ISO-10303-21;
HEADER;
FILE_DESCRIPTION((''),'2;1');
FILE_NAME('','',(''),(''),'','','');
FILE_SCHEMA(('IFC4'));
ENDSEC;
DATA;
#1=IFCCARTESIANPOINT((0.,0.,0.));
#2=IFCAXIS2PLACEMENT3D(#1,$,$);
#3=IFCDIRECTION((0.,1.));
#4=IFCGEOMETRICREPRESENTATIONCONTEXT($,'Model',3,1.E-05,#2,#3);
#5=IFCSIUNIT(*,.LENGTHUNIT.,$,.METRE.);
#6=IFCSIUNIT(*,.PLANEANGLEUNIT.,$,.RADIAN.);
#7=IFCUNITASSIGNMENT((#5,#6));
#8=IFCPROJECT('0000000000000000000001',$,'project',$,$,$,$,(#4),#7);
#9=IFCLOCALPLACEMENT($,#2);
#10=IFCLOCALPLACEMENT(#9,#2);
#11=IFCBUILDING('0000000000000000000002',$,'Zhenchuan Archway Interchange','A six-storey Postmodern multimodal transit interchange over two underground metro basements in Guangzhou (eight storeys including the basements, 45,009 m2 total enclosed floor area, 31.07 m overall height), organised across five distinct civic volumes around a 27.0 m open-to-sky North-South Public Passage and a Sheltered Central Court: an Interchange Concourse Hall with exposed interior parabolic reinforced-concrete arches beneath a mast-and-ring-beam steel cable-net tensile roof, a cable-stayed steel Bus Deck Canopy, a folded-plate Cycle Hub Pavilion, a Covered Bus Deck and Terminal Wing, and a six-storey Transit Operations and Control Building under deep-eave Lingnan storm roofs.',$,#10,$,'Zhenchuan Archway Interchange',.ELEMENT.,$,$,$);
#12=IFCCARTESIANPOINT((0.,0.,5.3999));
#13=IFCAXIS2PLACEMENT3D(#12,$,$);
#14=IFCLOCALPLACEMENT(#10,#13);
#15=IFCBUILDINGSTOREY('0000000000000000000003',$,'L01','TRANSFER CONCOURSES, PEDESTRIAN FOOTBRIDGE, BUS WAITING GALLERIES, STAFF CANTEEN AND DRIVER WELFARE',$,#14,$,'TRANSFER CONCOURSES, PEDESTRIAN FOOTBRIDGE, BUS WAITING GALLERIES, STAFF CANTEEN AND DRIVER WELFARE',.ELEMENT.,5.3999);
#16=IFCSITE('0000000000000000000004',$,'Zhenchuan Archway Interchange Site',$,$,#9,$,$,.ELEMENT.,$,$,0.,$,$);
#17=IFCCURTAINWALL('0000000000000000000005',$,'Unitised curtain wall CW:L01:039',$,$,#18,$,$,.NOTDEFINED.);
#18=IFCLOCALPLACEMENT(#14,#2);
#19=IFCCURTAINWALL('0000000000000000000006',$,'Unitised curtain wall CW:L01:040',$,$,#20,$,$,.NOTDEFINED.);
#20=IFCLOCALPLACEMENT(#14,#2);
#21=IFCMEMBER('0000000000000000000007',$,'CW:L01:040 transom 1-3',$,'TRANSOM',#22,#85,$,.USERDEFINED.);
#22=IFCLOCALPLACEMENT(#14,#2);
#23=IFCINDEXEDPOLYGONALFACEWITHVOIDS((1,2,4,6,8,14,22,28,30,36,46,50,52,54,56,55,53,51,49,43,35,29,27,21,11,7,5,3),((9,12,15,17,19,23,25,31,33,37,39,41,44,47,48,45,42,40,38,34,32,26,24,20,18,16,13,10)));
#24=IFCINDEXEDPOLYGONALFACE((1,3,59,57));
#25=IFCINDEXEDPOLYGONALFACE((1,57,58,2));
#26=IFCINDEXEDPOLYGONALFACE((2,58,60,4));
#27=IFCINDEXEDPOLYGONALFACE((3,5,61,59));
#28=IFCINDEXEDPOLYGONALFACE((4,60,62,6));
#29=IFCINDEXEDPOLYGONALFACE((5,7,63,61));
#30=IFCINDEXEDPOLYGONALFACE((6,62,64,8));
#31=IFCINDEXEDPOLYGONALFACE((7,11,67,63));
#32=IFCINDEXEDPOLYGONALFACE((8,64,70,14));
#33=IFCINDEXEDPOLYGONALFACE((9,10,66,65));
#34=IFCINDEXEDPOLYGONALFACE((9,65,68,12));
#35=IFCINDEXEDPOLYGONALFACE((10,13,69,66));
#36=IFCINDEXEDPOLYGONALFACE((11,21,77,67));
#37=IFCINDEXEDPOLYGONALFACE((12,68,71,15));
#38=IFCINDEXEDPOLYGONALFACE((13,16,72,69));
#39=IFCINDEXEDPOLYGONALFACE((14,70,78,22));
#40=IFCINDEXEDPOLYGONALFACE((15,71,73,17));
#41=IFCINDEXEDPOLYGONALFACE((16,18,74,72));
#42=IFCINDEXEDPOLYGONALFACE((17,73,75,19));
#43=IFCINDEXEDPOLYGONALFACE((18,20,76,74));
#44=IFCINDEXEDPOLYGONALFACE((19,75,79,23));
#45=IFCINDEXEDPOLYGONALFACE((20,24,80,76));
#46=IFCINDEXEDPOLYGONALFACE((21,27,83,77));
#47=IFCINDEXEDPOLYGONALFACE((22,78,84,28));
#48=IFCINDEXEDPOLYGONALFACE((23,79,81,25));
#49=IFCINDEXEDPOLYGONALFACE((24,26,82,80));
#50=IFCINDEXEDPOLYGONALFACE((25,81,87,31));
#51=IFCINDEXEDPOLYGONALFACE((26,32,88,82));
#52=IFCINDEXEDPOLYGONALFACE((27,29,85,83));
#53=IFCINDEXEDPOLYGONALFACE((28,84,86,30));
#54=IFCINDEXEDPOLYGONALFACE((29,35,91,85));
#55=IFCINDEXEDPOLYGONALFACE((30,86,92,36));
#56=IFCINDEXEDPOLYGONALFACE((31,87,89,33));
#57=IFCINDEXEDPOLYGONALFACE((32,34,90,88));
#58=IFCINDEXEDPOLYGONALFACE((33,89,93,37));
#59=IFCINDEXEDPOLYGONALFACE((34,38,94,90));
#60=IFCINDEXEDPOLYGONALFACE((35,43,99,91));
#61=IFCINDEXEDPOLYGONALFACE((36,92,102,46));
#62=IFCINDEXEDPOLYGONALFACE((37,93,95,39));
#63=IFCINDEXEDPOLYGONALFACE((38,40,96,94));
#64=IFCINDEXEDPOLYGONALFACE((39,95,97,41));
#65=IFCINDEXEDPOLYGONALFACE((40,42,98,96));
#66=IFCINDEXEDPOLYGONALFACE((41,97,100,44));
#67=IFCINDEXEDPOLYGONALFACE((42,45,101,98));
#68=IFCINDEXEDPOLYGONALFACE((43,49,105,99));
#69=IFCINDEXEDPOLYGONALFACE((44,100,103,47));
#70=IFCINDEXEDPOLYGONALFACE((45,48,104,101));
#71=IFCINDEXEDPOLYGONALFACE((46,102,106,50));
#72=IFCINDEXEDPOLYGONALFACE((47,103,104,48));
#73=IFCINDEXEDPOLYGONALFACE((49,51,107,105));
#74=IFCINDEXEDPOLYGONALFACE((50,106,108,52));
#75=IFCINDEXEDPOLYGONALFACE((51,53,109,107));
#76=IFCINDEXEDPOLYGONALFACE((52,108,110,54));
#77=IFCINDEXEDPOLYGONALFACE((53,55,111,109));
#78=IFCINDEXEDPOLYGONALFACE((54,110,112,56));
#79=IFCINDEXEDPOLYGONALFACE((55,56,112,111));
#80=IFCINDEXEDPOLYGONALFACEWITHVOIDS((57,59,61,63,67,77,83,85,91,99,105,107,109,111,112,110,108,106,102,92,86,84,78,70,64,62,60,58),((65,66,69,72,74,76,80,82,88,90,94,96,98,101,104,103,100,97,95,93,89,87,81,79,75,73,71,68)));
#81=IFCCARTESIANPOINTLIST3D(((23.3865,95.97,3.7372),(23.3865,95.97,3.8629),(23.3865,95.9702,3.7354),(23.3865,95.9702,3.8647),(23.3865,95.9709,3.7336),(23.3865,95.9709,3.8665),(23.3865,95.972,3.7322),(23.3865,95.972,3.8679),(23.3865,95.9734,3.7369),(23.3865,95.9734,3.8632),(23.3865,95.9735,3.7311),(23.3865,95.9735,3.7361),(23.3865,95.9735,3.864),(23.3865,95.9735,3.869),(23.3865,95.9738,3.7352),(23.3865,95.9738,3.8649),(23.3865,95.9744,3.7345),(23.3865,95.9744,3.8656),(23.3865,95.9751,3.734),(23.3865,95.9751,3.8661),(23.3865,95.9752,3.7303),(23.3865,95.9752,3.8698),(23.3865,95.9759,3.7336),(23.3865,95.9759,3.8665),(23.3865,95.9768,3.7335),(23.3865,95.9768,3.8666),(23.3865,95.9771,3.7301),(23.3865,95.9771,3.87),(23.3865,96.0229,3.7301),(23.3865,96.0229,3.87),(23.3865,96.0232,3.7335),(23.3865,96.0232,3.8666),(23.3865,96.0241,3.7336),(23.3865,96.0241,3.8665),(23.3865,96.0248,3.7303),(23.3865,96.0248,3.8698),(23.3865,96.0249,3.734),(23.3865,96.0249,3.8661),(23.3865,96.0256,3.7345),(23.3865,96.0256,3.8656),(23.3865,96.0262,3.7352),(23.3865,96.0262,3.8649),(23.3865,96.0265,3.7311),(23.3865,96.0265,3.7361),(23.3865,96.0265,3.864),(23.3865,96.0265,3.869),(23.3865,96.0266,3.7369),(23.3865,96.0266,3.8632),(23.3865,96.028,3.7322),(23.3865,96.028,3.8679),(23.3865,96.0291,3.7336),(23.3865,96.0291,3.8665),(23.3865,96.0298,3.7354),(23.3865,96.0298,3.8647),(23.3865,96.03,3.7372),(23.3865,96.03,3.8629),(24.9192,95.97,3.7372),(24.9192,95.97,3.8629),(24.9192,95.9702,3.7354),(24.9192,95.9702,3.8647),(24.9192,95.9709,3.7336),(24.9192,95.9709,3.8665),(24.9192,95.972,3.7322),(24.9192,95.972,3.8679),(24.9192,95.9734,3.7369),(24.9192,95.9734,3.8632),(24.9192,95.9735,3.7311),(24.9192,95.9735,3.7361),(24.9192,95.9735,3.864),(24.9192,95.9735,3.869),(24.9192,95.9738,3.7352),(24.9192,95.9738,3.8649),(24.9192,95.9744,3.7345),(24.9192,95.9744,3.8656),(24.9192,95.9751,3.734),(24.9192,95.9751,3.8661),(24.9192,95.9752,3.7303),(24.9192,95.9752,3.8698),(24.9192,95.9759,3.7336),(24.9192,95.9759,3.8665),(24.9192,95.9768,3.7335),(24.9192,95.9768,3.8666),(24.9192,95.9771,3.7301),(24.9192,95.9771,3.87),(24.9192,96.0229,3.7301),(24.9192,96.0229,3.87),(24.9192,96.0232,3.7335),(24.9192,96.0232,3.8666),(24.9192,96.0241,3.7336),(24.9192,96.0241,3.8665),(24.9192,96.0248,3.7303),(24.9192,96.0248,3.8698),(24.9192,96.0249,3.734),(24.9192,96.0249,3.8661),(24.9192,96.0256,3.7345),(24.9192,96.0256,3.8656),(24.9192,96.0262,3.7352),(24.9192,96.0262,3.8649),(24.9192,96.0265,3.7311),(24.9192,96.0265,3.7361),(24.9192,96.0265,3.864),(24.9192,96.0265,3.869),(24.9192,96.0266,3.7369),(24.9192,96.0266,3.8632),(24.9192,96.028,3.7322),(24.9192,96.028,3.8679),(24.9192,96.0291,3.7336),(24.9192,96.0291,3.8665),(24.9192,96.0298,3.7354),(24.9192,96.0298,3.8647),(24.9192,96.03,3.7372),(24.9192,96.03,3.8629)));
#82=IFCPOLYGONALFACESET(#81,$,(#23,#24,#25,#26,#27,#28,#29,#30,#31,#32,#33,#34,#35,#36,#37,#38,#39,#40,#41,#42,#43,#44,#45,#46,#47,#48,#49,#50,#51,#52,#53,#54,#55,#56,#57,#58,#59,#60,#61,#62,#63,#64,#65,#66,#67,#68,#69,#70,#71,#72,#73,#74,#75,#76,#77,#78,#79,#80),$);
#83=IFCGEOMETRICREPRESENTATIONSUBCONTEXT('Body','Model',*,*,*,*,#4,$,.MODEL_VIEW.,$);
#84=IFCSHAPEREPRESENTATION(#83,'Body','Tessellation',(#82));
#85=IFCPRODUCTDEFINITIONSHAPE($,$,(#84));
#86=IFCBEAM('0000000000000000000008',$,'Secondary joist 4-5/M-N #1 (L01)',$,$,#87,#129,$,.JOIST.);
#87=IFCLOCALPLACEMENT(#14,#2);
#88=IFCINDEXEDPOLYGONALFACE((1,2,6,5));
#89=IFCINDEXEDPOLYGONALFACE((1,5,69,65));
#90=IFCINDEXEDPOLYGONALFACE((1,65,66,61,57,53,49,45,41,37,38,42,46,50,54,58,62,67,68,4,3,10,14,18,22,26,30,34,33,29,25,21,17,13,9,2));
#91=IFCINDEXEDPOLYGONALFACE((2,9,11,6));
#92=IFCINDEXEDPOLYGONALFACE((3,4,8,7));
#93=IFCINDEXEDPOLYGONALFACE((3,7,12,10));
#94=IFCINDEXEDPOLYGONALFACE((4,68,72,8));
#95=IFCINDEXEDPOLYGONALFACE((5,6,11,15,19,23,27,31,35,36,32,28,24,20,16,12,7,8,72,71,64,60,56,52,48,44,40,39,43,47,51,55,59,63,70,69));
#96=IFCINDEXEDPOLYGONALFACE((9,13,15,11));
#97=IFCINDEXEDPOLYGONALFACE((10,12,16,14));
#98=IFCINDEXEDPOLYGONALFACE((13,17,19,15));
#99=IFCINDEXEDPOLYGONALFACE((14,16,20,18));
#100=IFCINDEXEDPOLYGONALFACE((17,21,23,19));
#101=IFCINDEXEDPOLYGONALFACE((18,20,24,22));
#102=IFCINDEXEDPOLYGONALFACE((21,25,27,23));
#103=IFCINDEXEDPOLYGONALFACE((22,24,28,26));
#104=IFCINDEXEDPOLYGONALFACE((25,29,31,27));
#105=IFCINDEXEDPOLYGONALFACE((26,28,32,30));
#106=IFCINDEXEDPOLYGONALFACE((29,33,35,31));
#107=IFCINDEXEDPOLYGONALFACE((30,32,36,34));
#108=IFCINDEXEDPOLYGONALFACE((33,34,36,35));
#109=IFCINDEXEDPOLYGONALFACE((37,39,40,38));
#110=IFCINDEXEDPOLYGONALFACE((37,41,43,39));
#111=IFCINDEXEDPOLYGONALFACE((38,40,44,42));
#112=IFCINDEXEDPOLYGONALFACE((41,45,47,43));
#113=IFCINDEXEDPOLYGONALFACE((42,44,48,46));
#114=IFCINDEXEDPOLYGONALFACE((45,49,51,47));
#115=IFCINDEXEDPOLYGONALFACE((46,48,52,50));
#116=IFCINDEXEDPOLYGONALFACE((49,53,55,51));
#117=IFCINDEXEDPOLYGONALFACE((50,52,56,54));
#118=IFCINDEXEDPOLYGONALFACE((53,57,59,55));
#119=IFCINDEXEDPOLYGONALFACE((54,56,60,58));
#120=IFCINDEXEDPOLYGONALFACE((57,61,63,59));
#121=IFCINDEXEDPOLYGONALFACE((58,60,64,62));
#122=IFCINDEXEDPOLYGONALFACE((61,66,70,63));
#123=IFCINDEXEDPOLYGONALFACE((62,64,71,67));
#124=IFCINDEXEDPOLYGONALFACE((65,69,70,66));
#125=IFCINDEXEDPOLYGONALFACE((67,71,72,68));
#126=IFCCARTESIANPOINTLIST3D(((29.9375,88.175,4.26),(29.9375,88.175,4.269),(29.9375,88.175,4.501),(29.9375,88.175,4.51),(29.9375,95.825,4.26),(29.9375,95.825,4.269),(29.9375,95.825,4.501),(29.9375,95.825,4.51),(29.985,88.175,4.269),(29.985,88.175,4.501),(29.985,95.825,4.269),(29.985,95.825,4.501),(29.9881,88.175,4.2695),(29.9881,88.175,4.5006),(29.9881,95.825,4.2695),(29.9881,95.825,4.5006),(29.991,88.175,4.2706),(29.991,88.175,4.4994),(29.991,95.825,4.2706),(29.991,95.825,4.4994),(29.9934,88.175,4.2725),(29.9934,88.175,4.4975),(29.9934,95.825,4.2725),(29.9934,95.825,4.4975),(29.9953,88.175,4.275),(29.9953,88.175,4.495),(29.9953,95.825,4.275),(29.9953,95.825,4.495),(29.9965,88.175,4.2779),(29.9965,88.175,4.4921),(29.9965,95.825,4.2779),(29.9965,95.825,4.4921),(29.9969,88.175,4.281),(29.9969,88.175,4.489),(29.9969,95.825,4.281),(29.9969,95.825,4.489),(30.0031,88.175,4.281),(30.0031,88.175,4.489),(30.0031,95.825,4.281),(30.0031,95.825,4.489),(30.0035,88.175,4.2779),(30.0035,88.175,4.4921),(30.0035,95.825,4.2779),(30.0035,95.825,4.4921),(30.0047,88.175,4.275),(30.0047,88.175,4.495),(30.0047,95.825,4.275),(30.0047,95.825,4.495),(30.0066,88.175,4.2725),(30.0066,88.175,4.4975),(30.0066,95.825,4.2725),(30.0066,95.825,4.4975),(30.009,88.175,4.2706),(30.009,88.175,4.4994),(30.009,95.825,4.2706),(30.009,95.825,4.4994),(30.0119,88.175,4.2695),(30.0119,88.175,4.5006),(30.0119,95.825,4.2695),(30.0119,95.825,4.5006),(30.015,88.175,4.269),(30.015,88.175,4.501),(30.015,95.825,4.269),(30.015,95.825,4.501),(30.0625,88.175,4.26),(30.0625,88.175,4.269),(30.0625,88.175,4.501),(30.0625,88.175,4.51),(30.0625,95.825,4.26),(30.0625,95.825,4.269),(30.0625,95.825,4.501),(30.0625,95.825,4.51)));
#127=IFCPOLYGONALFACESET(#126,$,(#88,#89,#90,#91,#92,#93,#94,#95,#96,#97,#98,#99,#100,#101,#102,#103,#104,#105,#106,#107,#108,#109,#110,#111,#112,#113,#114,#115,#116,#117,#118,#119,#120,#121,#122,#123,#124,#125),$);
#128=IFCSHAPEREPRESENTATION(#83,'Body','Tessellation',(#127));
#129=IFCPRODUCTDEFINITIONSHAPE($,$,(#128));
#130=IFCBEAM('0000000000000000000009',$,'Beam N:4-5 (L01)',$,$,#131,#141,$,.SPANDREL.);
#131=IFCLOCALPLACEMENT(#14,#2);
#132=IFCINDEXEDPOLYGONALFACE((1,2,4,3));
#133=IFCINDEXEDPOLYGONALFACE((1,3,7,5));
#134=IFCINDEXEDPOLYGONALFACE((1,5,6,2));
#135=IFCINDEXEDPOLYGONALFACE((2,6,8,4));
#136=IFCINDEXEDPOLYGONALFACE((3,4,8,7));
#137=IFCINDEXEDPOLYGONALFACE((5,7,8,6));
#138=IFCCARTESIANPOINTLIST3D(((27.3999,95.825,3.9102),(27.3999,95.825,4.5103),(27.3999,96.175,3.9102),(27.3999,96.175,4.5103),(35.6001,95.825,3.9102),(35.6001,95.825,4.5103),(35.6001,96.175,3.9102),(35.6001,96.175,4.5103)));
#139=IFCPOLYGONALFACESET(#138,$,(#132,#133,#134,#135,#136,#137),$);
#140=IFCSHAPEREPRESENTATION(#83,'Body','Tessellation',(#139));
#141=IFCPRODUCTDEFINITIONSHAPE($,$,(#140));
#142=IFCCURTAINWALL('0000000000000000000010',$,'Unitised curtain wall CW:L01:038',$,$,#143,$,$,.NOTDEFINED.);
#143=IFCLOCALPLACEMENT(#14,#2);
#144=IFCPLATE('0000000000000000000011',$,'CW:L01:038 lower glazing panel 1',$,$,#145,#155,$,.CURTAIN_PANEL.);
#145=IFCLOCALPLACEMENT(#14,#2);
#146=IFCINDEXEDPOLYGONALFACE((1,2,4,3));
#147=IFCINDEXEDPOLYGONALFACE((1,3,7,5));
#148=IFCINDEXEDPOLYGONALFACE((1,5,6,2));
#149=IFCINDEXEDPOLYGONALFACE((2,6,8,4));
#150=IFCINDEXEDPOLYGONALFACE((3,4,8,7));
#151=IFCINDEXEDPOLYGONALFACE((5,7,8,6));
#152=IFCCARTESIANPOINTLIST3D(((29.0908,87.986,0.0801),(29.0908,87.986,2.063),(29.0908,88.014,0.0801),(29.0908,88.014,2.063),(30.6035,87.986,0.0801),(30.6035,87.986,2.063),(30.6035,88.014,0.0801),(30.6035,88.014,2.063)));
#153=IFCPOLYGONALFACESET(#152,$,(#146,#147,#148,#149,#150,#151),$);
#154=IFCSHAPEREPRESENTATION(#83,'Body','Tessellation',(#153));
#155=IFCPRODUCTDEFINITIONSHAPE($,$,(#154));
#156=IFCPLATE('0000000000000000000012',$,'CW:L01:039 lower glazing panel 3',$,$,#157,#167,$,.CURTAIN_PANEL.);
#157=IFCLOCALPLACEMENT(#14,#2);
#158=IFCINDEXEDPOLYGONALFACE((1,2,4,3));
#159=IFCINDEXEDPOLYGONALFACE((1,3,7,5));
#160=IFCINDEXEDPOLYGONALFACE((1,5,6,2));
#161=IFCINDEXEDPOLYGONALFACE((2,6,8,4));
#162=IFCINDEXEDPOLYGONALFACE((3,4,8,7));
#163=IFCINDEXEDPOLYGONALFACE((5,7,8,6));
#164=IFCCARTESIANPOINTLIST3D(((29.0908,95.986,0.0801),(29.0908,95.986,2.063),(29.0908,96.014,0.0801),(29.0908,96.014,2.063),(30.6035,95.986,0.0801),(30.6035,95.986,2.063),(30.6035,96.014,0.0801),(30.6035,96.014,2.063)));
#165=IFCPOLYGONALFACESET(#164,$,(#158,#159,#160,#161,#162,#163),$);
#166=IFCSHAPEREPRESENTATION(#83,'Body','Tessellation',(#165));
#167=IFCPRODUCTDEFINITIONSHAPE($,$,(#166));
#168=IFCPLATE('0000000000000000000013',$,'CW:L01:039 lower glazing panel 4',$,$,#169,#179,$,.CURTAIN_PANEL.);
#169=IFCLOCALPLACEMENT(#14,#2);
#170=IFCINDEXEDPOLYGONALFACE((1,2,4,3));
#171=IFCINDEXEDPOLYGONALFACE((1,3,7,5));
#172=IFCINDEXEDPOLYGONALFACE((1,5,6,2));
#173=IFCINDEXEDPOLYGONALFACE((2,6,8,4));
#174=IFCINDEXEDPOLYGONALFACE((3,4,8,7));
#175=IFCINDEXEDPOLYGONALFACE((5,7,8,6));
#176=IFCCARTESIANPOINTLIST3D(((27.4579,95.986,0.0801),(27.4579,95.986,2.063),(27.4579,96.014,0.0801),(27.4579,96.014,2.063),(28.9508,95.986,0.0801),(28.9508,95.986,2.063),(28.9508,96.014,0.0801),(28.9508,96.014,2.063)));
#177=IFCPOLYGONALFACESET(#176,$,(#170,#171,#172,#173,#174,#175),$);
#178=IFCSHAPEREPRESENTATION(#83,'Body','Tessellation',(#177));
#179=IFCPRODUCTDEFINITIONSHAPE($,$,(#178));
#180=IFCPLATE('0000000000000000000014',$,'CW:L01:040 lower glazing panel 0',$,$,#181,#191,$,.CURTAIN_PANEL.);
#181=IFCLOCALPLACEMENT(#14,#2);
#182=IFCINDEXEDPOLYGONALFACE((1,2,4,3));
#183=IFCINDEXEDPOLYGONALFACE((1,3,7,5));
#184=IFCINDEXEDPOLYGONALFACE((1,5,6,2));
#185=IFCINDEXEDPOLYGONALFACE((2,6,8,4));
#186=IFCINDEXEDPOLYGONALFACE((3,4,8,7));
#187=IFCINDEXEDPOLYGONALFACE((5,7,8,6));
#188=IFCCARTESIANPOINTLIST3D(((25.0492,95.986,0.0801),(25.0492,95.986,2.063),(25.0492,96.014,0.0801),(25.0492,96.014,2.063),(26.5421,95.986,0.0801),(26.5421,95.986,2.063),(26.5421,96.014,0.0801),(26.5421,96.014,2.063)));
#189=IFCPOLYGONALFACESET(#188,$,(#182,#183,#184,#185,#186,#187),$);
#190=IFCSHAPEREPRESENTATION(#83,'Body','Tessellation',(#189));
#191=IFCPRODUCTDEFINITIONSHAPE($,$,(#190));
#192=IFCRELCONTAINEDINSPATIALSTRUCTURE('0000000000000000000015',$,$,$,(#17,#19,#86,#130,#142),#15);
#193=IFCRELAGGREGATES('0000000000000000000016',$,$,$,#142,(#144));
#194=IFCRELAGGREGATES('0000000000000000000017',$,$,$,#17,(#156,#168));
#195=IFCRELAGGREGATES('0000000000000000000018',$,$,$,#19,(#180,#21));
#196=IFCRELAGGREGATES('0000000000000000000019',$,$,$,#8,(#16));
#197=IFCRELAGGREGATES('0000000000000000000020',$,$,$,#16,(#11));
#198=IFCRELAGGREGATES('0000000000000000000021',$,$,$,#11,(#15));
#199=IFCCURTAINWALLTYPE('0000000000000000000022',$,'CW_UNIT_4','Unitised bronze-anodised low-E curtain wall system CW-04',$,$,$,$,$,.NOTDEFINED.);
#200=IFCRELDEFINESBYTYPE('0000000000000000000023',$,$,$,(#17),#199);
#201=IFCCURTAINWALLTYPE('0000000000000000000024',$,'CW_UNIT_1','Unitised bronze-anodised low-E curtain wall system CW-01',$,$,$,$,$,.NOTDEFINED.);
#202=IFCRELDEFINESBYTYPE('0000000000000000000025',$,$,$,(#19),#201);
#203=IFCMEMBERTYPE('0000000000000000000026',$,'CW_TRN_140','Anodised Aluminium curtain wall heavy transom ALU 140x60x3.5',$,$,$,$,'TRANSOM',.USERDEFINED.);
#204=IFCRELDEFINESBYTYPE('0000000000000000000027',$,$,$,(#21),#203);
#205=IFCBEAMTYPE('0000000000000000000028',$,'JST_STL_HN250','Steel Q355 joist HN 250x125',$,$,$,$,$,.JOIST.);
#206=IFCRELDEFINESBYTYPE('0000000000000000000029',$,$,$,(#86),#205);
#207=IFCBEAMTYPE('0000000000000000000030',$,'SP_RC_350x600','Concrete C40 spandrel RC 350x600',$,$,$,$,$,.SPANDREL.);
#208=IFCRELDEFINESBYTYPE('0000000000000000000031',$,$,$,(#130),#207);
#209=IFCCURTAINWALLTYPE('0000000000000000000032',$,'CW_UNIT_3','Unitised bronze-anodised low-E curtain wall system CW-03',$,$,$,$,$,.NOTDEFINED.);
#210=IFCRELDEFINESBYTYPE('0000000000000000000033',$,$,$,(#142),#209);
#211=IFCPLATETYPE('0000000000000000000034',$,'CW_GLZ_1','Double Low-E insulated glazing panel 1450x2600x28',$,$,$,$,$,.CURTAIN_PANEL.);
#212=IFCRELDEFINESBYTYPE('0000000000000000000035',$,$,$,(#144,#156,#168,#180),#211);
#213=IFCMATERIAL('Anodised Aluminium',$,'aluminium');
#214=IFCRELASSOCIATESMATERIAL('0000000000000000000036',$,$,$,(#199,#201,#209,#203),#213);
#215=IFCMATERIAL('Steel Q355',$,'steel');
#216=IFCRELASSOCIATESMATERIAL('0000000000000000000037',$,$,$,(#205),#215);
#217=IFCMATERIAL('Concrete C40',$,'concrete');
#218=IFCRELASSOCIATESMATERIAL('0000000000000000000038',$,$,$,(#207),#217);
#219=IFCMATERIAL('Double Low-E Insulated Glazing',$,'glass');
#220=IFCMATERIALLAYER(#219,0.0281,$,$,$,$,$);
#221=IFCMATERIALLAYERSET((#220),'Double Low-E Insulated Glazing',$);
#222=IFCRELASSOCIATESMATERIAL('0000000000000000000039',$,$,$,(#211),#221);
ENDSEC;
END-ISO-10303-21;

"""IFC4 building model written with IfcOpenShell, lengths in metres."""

from ifc_helpers import new_model, si_unit, direction, frame, origin, origin_2d, place, context, subcontext, project, spatial, rectangle, hollow_rectangle, i_section, extrude, material, layer, layer_set, material_profile, profile_set, type_object, element, aggregate, save


model = new_model("IFC4")

# Units and contexts
model_context = context("Model", 3, precision=1e-05, world=origin(), true_north=direction((0.0, 1.0)))
body_context = subcontext(model_context, "Body", "Model", "MODEL_VIEW")
ifc_project = project(units=[si_unit("LENGTHUNIT", "METRE"), si_unit("PLANEANGLEUNIT", "RADIAN")], contexts=[model_context])

# Site, building, storey
site_placement = place(None, origin())
site = spatial("IfcSite", under=ifc_project, at=site_placement, Name="Zhenchuan Archway Interchange Site", CompositionType="ELEMENT", RefElevation=0.0)
building_placement = place(site_placement, origin())
building = spatial("IfcBuilding", under=site, at=building_placement, Name="Zhenchuan Archway Interchange", Description="A six-storey Postmodern multimodal transit interchange over two underground metro basements in Guangzhou (eight storeys including the basements, 45,009 m2 total enclosed floor area, 31.07 m overall height), organised across five distinct civic volumes around a 27.0 m open-to-sky North-South Public Passage and a Sheltered Central Court: an Interchange Concourse Hall with exposed interior parabolic reinforced-concrete arches beneath a mast-and-ring-beam steel cable-net tensile roof, a cable-stayed steel Bus Deck Canopy, a folded-plate Cycle Hub Pavilion, a Covered Bus Deck and Terminal Wing, and a six-storey Transit Operations and Control Building under deep-eave Lingnan storm roofs.", LongName="Zhenchuan Archway Interchange", CompositionType="ELEMENT")
storey_placement = place(building_placement, frame((0.0, 0.0, 5.3999)))
storey = spatial("IfcBuildingStorey", under=building, at=storey_placement, Name="L01", Description="TRANSFER CONCOURSES, PEDESTRIAN FOOTBRIDGE, BUS WAITING GALLERIES, STAFF CANTEEN AND DRIVER WELFARE", LongName="TRANSFER CONCOURSES, PEDESTRIAN FOOTBRIDGE, BUS WAITING GALLERIES, STAFF CANTEEN AND DRIVER WELFARE", CompositionType="ELEMENT", Elevation=5.3999)

# Shared definitions
ifc_material_1 = material(Name="Concrete C40", Category="concrete")

# Curtain walls
ifc_material_2 = material(Name="Anodised Aluminium", Category="aluminium")
curtain_wall_type_1 = type_object("IfcCurtainWallType", Name="CW_UNIT_4", Description="Unitised bronze-anodised low-E curtain wall system CW-04", PredefinedType="NOTDEFINED", material=ifc_material_2)
curtain_wall_1_placement = place(storey_placement, origin())
curtain_wall_1 = element("IfcCurtainWall", 1, at=curtain_wall_1_placement, inside=storey, type_object=curtain_wall_type_1, Name="Unitised curtain wall CW:L01:039", PredefinedType="NOTDEFINED")
curtain_wall_type_2 = type_object("IfcCurtainWallType", Name="CW_UNIT_1", Description="Unitised bronze-anodised low-E curtain wall system CW-01", PredefinedType="NOTDEFINED", material=ifc_material_2)
curtain_wall_2_placement = place(storey_placement, origin())
curtain_wall_2 = element("IfcCurtainWall", 2, at=curtain_wall_2_placement, inside=storey, type_object=curtain_wall_type_2, Name="Unitised curtain wall CW:L01:040", PredefinedType="NOTDEFINED")

# Member
ifc_material_profile_1 = material_profile(ifc_material_2, hollow_rectangle(XDim=0.0601, YDim=0.1399, WallThickness=0.0034, InnerFilletRadius=0.0034, OuterFilletRadius=0.0071, at=origin_2d()), Name="ALU 140x60x3.5")
ifc_profile_set_1 = profile_set([ifc_material_profile_1], Name="Anodised Aluminium")
member_type_1 = type_object("IfcMemberType", Name="CW_TRN_140", Description="Anodised Aluminium curtain wall heavy transom ALU 140x60x3.5", ElementType="TRANSOM", PredefinedType="USERDEFINED", material=ifc_profile_set_1)
member_1_placement = place(storey_placement, frame((24.9192, 96.0, 3.8), z_axis=(-1.0, 0.0, 0.0), x_axis=(0.0, -1.0, 0.0)))
member_1 = element("IfcMember", 3, at=member_1_placement, type_object=member_type_1, Name="CW:L01:040 transom 1-3", ObjectType="TRANSOM", PredefinedType="USERDEFINED", context=body_context, shape_type="SweptSolid", body=[
    extrude(hollow_rectangle(XDim=0.0601, YDim=0.1399, WallThickness=0.0034, InnerFilletRadius=0.0034, OuterFilletRadius=0.0071, at=origin_2d()), origin(), (0.0, 0.0, 1.0), 1.5327),
])

# Beams
ifc_material_3 = material(Name="Steel Q355", Category="steel")
ifc_material_profile_2 = material_profile(ifc_material_3, i_section(OverallWidth=0.125, OverallDepth=0.25, WebThickness=0.0061, FlangeThickness=0.009, FilletRadius=0.012, at=origin_2d()), Name="HN 250x125")
ifc_profile_set_2 = profile_set([ifc_material_profile_2], Name="Steel Q355")
beam_type_1 = type_object("IfcBeamType", Name="JST_STL_HN250", Description="Steel Q355 joist HN 250x125", PredefinedType="JOIST", material=ifc_profile_set_2)
beam_1_placement = place(storey_placement, frame((30.0, 88.175, 4.385), z_axis=(0.0, 1.0, 0.0), x_axis=(-1.0, 0.0, 0.0)))
element("IfcBeam", 4, at=beam_1_placement, inside=storey, type_object=beam_type_1, Name="Secondary joist 4-5/M-N #1 (L01)", PredefinedType="JOIST", context=body_context, shape_type="SweptSolid", body=[
    extrude(i_section(OverallWidth=0.125, OverallDepth=0.25, WebThickness=0.0061, FlangeThickness=0.009, FilletRadius=0.012, at=origin_2d()), origin(), (0.0, 0.0, 1.0), 7.6499),
])
ifc_material_profile_3 = material_profile(ifc_material_1, rectangle(XDim=0.3501, YDim=0.6001, at=origin_2d()), Name="RC 350x600")
ifc_profile_set_3 = profile_set([ifc_material_profile_3], Name="Concrete C40")
beam_type_2 = type_object("IfcBeamType", Name="SP_RC_350x600", Description="Concrete C40 spandrel RC 350x600", PredefinedType="SPANDREL", material=ifc_profile_set_3)
beam_2_placement = place(storey_placement, frame((27.3999, 96.0, 4.2102), z_axis=(1.0, 0.0, 0.0), x_axis=(0.0, 1.0, 0.0)))
element("IfcBeam", 5, at=beam_2_placement, inside=storey, type_object=beam_type_2, Name="Beam N:4-5 (L01)", PredefinedType="SPANDREL", context=body_context, shape_type="SweptSolid", body=[
    extrude(rectangle(XDim=0.3501, YDim=0.6001, at=origin_2d()), origin(), (0.0, 0.0, 1.0), 8.2002),
])

# Curtain wall, plate
curtain_wall_type_3 = type_object("IfcCurtainWallType", Name="CW_UNIT_3", Description="Unitised bronze-anodised low-E curtain wall system CW-03", PredefinedType="NOTDEFINED", material=ifc_material_2)
curtain_wall_3_placement = place(storey_placement, origin())
curtain_wall_3 = element("IfcCurtainWall", 6, at=curtain_wall_3_placement, inside=storey, type_object=curtain_wall_type_3, Name="Unitised curtain wall CW:L01:038", PredefinedType="NOTDEFINED")
ifc_material_4 = material(Name="Double Low-E Insulated Glazing", Category="glass")
ifc_layer_1 = layer(ifc_material_4, 0.0281)
ifc_layer_set_1 = layer_set([ifc_layer_1], Name="Double Low-E Insulated Glazing")
plate_type_1 = type_object("IfcPlateType", Name="CW_GLZ_1", Description="Double Low-E insulated glazing panel 1450x2600x28", PredefinedType="CURTAIN_PANEL", material=ifc_layer_set_1)
plate_1_placement = place(storey_placement, frame((29.8472, 88.0, 0.0801), z_axis=(0.0, 0.0, 1.0), x_axis=(1.0, 0.0, 0.0)))
plate_1 = element("IfcPlate", 7, at=plate_1_placement, type_object=plate_type_1, Name="CW:L01:038 lower glazing panel 1", PredefinedType="CURTAIN_PANEL", context=body_context, shape_type="SweptSolid", body=[
    extrude(rectangle(XDim=1.5127, YDim=0.0281, at=origin_2d()), origin(), (0.0, 0.0, 1.0), 1.9829),
])

# Plates
plate_2_placement = place(storey_placement, frame((29.8472, 96.0, 0.0801), z_axis=(0.0, 0.0, 1.0), x_axis=(-1.0, 0.0, 0.0)))
plate_2 = element("IfcPlate", 8, at=plate_2_placement, type_object=plate_type_1, Name="CW:L01:039 lower glazing panel 3", PredefinedType="CURTAIN_PANEL", context=body_context, shape_type="SweptSolid", body=[
    extrude(rectangle(XDim=1.5127, YDim=0.0281, at=origin_2d()), origin(), (0.0, 0.0, 1.0), 1.9829),
])
plate_3_placement = place(storey_placement, frame((28.2043, 96.0, 0.0801), z_axis=(0.0, 0.0, 1.0), x_axis=(-1.0, 0.0, 0.0)))
plate_3 = element("IfcPlate", 9, at=plate_3_placement, type_object=plate_type_1, Name="CW:L01:039 lower glazing panel 4", PredefinedType="CURTAIN_PANEL", context=body_context, shape_type="SweptSolid", body=[
    extrude(rectangle(XDim=1.4929, YDim=0.0281, at=origin_2d()), origin(), (0.0, 0.0, 1.0), 1.9829),
])
plate_4_placement = place(storey_placement, frame((25.7957, 96.0, 0.0801), z_axis=(0.0, 0.0, 1.0), x_axis=(-1.0, 0.0, 0.0)))
plate_4 = element("IfcPlate", 10, at=plate_4_placement, type_object=plate_type_1, Name="CW:L01:040 lower glazing panel 0", PredefinedType="CURTAIN_PANEL", context=body_context, shape_type="SweptSolid", body=[
    extrude(rectangle(XDim=1.4929, YDim=0.0281, at=origin_2d()), origin(), (0.0, 0.0, 1.0), 1.9829),
])
aggregate(curtain_wall_3, [plate_1])
aggregate(curtain_wall_1, [plate_2, plate_3])
aggregate(curtain_wall_2, [plate_4, member_1])

save(model, "model.ifc")
